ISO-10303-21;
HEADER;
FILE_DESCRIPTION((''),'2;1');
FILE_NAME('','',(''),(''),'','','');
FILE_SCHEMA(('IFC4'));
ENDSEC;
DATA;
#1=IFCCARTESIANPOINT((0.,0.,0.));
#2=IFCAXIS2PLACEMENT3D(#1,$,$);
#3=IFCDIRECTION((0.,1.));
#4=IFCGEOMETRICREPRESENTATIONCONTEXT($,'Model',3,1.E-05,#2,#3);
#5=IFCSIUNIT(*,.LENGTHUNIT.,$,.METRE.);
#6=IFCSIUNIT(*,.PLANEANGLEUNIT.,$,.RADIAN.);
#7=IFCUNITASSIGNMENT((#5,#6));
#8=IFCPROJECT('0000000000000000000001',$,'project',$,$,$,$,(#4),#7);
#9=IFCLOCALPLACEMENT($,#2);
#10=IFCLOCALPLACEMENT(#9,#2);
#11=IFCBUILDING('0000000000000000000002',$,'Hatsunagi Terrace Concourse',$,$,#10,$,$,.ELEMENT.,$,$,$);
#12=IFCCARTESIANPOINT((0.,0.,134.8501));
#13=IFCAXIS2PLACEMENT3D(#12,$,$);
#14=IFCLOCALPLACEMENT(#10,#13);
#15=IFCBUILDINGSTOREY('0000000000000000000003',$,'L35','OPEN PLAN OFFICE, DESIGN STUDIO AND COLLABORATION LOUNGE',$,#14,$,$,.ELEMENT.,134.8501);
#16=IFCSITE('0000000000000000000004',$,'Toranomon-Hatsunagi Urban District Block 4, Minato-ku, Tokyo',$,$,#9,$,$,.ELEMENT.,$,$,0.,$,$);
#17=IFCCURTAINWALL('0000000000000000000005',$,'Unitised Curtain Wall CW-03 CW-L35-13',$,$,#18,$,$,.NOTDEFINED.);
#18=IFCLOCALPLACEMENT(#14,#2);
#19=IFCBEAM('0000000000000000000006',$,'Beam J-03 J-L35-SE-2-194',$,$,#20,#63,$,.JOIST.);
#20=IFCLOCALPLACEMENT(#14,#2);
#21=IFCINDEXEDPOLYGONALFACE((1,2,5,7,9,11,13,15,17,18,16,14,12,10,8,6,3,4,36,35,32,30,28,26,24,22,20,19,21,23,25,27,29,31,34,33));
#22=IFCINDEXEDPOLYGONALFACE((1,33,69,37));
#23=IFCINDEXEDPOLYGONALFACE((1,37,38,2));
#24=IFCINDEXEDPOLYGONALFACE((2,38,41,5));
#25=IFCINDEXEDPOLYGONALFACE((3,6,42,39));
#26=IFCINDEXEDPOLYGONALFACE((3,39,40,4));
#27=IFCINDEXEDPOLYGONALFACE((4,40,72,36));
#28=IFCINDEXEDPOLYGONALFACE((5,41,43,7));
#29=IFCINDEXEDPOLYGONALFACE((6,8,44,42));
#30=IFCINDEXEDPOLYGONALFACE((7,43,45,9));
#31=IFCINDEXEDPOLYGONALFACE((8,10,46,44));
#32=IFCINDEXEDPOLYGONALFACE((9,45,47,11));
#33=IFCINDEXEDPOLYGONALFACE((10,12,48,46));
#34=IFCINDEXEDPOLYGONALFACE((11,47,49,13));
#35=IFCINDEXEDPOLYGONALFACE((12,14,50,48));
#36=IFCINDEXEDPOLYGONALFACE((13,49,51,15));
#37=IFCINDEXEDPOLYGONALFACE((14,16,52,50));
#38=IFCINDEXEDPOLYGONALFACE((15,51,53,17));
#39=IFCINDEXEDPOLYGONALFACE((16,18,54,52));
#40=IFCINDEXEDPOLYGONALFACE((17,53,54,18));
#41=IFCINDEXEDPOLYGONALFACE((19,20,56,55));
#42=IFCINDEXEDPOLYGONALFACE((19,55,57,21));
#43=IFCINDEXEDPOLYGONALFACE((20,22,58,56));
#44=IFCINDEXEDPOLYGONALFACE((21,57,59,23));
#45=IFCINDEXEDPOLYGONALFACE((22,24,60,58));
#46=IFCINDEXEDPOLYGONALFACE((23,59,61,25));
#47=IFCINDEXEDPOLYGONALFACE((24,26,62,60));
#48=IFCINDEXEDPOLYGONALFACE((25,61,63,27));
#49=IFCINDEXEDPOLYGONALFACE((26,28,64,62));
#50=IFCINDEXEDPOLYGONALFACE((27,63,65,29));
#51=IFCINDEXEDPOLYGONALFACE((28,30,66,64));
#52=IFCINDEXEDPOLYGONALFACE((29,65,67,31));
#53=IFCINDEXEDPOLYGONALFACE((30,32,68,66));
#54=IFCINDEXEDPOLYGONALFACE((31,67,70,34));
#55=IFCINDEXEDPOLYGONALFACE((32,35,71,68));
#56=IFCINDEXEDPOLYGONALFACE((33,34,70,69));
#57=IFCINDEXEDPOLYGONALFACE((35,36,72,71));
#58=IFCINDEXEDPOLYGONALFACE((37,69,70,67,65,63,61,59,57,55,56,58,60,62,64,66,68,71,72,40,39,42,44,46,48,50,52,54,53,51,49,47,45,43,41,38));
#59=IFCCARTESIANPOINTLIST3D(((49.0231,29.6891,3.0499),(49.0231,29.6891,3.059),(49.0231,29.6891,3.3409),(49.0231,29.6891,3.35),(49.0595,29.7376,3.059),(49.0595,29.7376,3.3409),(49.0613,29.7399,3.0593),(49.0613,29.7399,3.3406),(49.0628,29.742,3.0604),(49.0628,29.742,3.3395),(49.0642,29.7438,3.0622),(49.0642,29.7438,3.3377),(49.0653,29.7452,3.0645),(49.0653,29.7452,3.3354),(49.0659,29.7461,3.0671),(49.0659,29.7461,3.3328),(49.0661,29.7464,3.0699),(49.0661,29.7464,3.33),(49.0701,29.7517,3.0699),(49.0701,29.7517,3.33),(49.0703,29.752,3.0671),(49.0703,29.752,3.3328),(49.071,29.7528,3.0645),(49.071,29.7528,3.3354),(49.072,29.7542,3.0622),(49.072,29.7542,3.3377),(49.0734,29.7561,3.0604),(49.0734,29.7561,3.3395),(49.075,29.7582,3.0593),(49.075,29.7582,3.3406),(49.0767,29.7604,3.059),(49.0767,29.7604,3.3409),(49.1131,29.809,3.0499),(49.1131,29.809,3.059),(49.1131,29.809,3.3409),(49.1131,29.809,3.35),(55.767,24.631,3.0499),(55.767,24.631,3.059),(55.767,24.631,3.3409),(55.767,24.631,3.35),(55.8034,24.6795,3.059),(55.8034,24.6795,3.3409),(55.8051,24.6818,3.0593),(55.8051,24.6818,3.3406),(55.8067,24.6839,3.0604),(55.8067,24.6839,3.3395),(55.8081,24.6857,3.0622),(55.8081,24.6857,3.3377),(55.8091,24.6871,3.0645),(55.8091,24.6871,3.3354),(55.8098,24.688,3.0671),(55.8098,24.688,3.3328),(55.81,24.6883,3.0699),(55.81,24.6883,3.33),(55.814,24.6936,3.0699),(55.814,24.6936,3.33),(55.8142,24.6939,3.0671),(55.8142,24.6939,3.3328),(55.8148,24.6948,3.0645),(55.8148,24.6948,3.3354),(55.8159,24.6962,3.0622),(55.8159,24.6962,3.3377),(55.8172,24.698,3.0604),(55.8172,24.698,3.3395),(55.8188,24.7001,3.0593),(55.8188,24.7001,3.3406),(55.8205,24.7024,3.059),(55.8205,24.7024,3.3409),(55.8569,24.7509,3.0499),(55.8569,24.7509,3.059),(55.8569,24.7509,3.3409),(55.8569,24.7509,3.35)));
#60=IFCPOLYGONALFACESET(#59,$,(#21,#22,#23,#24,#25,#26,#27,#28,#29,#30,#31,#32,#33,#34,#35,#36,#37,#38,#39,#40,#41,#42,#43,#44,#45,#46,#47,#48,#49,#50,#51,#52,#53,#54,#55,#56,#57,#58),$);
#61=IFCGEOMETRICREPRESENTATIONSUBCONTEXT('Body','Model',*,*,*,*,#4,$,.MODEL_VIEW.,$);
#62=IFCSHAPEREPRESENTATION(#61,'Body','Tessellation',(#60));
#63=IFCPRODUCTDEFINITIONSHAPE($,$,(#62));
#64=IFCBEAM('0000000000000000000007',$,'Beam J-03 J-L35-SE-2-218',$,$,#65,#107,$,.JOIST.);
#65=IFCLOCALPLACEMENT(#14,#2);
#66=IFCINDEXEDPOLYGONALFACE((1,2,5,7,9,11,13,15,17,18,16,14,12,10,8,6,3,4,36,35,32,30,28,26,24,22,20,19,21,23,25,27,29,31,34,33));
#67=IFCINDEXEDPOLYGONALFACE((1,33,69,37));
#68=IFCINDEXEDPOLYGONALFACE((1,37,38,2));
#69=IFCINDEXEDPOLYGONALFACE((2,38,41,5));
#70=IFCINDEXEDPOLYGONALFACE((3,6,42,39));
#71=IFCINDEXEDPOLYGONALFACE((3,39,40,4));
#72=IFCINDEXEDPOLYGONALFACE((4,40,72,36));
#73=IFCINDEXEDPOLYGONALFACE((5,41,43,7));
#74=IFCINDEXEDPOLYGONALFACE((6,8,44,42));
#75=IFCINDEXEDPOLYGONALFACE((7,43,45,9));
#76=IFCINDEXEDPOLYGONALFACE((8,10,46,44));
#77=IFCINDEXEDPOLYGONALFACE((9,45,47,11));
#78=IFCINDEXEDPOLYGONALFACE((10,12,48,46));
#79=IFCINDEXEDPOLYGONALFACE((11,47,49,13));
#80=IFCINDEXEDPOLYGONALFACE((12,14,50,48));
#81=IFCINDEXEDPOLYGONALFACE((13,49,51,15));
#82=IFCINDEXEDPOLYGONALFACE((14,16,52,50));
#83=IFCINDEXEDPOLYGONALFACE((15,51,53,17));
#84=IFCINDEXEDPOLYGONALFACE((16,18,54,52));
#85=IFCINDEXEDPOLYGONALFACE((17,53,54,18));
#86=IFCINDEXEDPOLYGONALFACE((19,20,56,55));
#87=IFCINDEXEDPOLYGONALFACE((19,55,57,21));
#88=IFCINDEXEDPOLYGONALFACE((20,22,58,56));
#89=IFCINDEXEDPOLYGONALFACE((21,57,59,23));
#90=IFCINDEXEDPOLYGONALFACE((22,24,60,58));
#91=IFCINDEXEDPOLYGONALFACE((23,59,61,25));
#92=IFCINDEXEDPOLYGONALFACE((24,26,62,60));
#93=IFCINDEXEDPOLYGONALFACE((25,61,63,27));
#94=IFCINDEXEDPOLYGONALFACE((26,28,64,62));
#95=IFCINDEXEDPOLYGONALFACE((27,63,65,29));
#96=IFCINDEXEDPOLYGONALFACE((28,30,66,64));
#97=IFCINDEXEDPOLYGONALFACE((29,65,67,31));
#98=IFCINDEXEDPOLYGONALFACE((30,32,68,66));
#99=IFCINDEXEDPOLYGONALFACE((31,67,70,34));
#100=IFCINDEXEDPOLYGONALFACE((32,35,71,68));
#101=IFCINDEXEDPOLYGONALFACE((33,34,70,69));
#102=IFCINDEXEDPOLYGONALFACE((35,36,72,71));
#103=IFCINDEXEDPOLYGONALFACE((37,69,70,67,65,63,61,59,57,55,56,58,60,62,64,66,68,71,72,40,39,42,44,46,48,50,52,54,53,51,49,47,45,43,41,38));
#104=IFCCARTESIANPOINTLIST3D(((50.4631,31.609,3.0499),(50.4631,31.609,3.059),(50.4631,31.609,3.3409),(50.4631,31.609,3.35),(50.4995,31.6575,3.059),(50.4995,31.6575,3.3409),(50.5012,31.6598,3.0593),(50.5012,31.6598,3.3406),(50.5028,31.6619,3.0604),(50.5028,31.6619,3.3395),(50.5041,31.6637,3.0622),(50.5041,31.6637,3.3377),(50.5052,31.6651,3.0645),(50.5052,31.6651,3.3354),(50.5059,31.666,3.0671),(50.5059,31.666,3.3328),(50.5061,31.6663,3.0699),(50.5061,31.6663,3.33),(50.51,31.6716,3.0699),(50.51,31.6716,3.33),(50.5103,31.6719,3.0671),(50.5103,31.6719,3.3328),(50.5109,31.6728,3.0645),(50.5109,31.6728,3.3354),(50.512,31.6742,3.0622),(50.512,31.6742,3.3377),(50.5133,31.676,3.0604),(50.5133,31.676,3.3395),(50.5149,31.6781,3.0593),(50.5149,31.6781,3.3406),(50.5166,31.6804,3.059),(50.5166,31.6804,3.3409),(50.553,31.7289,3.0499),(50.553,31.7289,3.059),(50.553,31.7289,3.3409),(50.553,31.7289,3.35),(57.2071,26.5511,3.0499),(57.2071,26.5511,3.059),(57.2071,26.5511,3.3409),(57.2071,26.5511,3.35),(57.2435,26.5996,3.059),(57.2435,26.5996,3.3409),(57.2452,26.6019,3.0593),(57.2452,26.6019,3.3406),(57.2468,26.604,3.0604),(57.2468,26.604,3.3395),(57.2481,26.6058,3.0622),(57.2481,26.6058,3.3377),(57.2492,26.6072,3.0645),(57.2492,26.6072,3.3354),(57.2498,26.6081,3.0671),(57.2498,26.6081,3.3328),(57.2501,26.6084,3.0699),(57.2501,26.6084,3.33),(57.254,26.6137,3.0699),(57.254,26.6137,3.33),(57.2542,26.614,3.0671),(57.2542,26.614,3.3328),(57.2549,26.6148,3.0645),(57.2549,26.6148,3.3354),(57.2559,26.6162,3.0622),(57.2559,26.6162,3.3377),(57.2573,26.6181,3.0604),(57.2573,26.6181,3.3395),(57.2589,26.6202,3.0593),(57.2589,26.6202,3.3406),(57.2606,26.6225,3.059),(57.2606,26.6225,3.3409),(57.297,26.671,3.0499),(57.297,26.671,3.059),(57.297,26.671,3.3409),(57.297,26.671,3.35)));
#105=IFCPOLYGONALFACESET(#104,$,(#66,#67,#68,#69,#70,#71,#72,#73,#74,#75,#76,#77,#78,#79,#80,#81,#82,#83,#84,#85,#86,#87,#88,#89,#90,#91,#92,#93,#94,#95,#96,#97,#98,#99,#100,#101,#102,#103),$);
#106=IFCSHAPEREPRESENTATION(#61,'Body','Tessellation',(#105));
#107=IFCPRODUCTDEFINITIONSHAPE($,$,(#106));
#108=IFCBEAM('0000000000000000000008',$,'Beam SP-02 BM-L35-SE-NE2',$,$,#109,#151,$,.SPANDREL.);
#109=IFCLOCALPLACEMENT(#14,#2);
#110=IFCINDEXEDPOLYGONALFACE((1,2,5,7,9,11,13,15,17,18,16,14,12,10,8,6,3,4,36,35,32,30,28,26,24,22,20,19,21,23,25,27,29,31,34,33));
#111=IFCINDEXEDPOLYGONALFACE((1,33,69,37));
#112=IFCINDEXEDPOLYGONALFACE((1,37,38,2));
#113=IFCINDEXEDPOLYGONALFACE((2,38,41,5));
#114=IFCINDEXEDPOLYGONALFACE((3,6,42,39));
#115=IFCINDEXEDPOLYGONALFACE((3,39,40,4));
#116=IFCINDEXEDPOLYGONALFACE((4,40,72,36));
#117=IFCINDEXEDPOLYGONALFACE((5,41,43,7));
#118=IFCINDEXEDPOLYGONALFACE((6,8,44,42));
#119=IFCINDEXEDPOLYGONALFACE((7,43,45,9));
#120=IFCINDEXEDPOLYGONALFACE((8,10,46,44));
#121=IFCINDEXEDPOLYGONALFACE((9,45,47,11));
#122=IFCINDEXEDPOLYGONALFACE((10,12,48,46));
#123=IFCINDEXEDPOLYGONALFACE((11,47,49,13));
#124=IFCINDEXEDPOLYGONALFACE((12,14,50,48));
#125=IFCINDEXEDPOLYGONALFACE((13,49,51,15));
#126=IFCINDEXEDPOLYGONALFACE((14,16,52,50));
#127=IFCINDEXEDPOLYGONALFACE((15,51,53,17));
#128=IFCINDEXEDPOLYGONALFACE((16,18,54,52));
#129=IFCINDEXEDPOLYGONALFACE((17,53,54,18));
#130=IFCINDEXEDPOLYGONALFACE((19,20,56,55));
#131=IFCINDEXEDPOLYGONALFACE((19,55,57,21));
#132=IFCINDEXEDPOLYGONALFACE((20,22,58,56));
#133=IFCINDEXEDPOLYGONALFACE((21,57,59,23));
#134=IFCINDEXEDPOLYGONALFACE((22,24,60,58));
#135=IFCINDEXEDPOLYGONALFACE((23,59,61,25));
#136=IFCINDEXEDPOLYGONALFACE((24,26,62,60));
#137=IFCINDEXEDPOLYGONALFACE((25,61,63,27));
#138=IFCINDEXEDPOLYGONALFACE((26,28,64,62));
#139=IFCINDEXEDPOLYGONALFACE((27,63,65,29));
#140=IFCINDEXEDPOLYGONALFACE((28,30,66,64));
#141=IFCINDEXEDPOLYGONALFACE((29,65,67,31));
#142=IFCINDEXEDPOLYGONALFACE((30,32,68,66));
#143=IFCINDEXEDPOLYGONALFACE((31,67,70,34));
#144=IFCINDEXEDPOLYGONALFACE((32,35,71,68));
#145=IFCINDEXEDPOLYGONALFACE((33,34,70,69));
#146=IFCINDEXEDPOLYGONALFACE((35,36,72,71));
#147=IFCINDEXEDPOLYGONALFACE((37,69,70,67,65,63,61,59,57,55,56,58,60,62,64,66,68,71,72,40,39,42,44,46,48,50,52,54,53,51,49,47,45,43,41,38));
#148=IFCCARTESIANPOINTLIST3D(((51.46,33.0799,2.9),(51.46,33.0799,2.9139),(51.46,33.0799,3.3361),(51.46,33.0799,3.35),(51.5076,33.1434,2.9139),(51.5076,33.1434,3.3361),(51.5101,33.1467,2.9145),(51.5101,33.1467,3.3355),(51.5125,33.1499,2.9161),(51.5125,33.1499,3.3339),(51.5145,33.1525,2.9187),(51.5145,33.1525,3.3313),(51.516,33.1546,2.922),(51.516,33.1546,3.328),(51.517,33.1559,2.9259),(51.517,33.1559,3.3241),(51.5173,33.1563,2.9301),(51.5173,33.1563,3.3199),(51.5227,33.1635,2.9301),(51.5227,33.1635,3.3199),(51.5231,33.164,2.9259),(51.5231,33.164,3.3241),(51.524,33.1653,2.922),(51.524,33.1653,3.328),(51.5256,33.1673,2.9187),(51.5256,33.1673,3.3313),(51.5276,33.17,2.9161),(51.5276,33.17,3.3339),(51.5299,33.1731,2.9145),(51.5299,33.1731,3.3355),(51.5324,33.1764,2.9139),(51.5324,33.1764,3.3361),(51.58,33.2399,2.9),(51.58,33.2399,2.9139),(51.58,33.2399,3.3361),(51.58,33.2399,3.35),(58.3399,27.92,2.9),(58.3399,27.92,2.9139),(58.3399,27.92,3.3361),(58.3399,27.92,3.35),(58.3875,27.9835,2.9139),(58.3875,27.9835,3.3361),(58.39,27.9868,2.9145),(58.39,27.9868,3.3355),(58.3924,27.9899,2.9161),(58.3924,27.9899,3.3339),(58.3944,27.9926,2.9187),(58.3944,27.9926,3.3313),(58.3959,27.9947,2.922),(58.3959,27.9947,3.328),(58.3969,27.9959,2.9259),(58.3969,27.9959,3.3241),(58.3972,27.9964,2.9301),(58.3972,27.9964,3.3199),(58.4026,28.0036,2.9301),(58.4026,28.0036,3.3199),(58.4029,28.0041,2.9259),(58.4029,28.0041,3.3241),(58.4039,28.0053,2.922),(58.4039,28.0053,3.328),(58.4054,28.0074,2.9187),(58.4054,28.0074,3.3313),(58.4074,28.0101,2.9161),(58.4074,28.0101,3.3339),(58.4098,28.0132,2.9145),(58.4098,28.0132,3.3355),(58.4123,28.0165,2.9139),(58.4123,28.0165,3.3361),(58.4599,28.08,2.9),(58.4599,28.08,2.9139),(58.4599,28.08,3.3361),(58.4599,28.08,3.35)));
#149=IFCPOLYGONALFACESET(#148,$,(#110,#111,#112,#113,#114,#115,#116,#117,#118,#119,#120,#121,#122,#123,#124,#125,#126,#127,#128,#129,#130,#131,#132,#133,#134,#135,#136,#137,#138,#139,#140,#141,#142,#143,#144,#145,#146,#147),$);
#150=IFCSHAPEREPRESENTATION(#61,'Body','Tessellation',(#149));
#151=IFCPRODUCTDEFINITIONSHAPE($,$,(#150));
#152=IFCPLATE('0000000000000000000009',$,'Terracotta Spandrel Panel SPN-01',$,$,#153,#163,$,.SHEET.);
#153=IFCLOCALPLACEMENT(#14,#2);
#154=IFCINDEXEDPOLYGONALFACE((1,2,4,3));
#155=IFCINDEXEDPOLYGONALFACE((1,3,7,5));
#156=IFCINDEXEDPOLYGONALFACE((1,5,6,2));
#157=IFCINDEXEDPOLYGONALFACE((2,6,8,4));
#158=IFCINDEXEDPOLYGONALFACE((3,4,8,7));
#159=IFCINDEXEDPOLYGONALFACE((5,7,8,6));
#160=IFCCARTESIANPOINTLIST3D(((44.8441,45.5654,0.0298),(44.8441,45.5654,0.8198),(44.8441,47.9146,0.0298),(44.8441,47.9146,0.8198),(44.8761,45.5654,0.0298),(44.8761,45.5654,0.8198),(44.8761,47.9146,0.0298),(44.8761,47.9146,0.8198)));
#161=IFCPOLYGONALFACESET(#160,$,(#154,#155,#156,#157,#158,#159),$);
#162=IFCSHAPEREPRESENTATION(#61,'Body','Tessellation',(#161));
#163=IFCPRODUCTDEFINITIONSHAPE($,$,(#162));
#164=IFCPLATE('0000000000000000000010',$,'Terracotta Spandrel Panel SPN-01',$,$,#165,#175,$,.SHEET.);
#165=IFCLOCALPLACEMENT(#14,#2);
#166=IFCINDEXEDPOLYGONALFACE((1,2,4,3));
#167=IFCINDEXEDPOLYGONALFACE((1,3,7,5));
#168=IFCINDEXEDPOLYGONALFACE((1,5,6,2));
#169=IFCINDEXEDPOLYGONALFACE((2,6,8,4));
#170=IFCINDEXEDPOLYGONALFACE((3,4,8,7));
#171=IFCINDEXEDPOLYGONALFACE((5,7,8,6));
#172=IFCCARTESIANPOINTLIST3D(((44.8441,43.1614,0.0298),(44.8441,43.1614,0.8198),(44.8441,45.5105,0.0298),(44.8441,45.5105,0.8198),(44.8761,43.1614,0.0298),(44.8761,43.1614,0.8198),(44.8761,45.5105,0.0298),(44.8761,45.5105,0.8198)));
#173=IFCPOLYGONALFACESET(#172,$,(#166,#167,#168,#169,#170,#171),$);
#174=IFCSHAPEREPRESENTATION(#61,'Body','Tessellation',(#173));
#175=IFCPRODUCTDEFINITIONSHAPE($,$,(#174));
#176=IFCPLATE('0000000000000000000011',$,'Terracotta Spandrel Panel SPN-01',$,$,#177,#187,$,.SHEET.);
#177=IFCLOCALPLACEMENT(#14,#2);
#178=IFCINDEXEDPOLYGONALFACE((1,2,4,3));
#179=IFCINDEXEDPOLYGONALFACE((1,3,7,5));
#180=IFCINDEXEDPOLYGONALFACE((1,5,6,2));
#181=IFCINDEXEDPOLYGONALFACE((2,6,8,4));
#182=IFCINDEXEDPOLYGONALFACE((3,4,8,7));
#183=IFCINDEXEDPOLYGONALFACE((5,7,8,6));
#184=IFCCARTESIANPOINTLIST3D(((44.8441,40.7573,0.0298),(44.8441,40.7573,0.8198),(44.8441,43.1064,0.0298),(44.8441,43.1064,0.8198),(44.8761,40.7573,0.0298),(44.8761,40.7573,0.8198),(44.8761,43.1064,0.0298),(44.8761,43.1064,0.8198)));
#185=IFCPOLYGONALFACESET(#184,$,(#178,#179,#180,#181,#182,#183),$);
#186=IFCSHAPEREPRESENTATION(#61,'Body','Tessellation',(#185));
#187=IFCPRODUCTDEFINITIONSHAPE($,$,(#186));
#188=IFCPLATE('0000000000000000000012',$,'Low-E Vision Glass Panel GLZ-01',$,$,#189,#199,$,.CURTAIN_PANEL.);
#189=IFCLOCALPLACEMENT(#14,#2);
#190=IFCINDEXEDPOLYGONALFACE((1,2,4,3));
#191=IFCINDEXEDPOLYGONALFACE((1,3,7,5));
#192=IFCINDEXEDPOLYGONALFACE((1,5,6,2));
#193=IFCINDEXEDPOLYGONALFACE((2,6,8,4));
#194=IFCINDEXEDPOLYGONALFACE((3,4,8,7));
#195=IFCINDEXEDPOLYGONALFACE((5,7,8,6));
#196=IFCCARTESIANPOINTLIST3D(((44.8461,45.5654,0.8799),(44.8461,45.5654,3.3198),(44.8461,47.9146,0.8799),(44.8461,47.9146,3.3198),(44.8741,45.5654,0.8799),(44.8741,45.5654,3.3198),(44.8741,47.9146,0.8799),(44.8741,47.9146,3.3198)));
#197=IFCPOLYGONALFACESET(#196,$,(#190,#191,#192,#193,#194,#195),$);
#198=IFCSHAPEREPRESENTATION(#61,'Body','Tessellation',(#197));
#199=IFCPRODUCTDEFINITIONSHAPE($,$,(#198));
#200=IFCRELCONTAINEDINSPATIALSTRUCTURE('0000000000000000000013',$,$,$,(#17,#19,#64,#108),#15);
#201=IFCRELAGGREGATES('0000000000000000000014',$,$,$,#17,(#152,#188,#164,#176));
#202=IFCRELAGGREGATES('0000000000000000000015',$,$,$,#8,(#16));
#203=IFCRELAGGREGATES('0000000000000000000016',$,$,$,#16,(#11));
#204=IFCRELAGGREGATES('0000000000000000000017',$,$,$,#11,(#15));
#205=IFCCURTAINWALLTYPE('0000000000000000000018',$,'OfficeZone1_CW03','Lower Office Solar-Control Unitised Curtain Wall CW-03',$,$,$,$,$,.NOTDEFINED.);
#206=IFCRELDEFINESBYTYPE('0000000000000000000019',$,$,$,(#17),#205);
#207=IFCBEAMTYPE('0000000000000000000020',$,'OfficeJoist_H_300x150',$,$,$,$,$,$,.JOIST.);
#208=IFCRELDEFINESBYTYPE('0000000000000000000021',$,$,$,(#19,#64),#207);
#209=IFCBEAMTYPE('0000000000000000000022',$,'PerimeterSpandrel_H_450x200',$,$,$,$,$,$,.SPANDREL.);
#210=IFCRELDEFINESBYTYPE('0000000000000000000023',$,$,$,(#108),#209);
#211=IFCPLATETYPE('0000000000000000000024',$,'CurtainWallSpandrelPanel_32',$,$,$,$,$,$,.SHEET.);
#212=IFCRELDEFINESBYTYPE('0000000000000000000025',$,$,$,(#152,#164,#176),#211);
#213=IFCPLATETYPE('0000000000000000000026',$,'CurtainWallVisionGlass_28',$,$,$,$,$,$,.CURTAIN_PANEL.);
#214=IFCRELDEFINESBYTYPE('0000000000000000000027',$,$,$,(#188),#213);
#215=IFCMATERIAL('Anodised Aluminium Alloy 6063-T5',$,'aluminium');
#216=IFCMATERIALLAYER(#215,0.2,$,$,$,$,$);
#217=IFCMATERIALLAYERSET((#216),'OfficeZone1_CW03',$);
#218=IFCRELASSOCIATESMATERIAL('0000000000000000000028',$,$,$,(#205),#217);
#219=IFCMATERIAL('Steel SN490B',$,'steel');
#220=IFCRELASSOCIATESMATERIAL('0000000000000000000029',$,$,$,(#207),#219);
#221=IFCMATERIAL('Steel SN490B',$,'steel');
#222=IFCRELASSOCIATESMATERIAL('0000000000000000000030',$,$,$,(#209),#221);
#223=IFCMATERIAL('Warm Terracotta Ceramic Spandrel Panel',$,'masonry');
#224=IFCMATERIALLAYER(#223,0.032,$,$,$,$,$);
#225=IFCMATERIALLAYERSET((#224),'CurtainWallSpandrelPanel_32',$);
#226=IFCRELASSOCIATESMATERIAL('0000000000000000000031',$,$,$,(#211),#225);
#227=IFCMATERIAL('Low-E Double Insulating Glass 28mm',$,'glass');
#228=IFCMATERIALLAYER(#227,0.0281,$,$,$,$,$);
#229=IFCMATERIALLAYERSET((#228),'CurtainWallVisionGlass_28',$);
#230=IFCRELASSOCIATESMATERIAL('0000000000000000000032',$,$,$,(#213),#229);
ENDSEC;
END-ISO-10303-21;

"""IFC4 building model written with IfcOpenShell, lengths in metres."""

from ifc_helpers import new_model, si_unit, direction, frame, origin, origin_2d, place, context, subcontext, project, spatial, rectangle, i_section, extrude, material, layer, layer_set, material_profile, profile_set, type_object, element, aggregate, save


model = new_model("IFC4")

# Units and contexts
model_context = context("Model", 3, precision=1e-05, world=origin(), true_north=direction((0.0, 1.0)))
body_context = subcontext(model_context, "Body", "Model", "MODEL_VIEW")
ifc_project = project(units=[si_unit("LENGTHUNIT", "METRE"), si_unit("PLANEANGLEUNIT", "RADIAN")], contexts=[model_context])

# Site, building, storey
site_placement = place(None, origin())
site = spatial("IfcSite", under=ifc_project, at=site_placement, Name="Toranomon-Hatsunagi Urban District Block 4, Minato-ku, Tokyo", CompositionType="ELEMENT", RefElevation=0.0)
building_placement = place(site_placement, origin())
building = spatial("IfcBuilding", under=site, at=building_placement, Name="Hatsunagi Terrace Concourse", CompositionType="ELEMENT")
storey_placement = place(building_placement, frame((0.0, 0.0, 134.8501)))
storey = spatial("IfcBuildingStorey", under=building, at=storey_placement, Name="L35", Description="OPEN PLAN OFFICE, DESIGN STUDIO AND COLLABORATION LOUNGE", CompositionType="ELEMENT", Elevation=134.8501)

# Curtain wall
ifc_material_1 = material(Name="Anodised Aluminium Alloy 6063-T5", Category="aluminium")
ifc_layer_1 = layer(ifc_material_1, 0.2)
ifc_layer_set_1 = layer_set([ifc_layer_1], Name="OfficeZone1_CW03")
curtain_wall_type = type_object("IfcCurtainWallType", Name="OfficeZone1_CW03", Description="Lower Office Solar-Control Unitised Curtain Wall CW-03", PredefinedType="NOTDEFINED", material=ifc_layer_set_1)
curtain_wall_placement = place(storey_placement, origin())
curtain_wall = element("IfcCurtainWall", 1, at=curtain_wall_placement, inside=storey, type_object=curtain_wall_type, Name="Unitised Curtain Wall CW-03 CW-L35-13", PredefinedType="NOTDEFINED")

# Beams
ifc_material_2 = material(Name="Steel SN490B", Category="steel")
ifc_material_profile_1 = material_profile(ifc_material_2, i_section(OverallWidth=0.1499, OverallDepth=0.3, WebThickness=0.0066, FlangeThickness=0.009, FilletRadius=0.011, at=origin_2d()), Name="H-300x150x6.5x9")
ifc_profile_set_1 = profile_set([ifc_material_profile_1], Name="Steel SN490B")
beam_type_1 = type_object("IfcBeamType", Name="OfficeJoist_H_300x150", PredefinedType="JOIST", material=ifc_profile_set_1)
for number, where, z_axis, x_axis, name in (
    (2, (49.0681, 29.749, 3.2), (0.79999, -0.600014, 0.0), (0.600014, 0.79999, 0.0), "Beam J-03 J-L35-SE-2-194"),
    (3, (50.5081, 31.6689, 3.2), (0.800003, -0.599995, 0.0), (0.599995, 0.800003, 0.0), "Beam J-03 J-L35-SE-2-218"),
):
    element("IfcBeam", number, at=place(storey_placement, frame(where, z_axis=z_axis, x_axis=x_axis)), inside=storey, type_object=beam_type_1, Name=name, PredefinedType="JOIST", context=body_context, shape_type="SweptSolid", body=[
        extrude(i_section(OverallWidth=0.1499, OverallDepth=0.3, WebThickness=0.0066, FlangeThickness=0.009, FilletRadius=0.011, at=origin_2d()), origin(), (0.0, 0.0, 1.0), 8.4299),
    ])
ifc_material_3 = material(Name="Steel SN490B", Category="steel")
ifc_material_profile_2 = material_profile(ifc_material_3, i_section(OverallWidth=0.2, OverallDepth=0.45, WebThickness=0.009, FlangeThickness=0.0139, FilletRadius=0.0161, at=origin_2d()), Name="H-450x200x9x14")
ifc_profile_set_2 = profile_set([ifc_material_profile_2], Name="Steel SN490B")
beam_type_2 = type_object("IfcBeamType", Name="PerimeterSpandrel_H_450x200", PredefinedType="SPANDREL", material=ifc_profile_set_2)
beam_placement = place(storey_placement, frame((51.52, 33.1599, 3.125), z_axis=(0.8, -0.6, 0.0), x_axis=(0.6, 0.8, 0.0)))
element("IfcBeam", 4, at=beam_placement, inside=storey, type_object=beam_type_2, Name="Beam SP-02 BM-L35-SE-NE2", PredefinedType="SPANDREL", context=body_context, shape_type="SweptSolid", body=[
    extrude(i_section(OverallWidth=0.2, OverallDepth=0.45, WebThickness=0.009, FlangeThickness=0.0139, FilletRadius=0.0161, at=origin_2d()), origin(), (0.0, 0.0, 1.0), 8.5999),
])

# Plates
ifc_material_4 = material(Name="Warm Terracotta Ceramic Spandrel Panel", Category="masonry")
ifc_layer_2 = layer(ifc_material_4, 0.032)
ifc_layer_set_2 = layer_set([ifc_layer_2], Name="CurtainWallSpandrelPanel_32")
plate_type_1 = type_object("IfcPlateType", Name="CurtainWallSpandrelPanel_32", PredefinedType="SHEET", material=ifc_layer_set_2)
plate_1_placement = place(storey_placement, frame((44.8601, 46.74, 0.0298), z_axis=(0.0, 0.0, 1.0), x_axis=(0.0, -1.0, 0.0)))
plate_1 = element("IfcPlate", 5, at=plate_1_placement, type_object=plate_type_1, Name="Terracotta Spandrel Panel SPN-01", PredefinedType="SHEET", context=body_context, shape_type="SweptSolid", body=[
    extrude(rectangle(XDim=2.3491, YDim=0.032, at=origin_2d()), origin(), (0.0, 0.0, 1.0), 0.79),
])
plate_2_placement = place(storey_placement, frame((44.8601, 44.3359, 0.0298), z_axis=(0.0, 0.0, 1.0), x_axis=(0.0, -1.0, 0.0)))
plate_2 = element("IfcPlate", 6, at=plate_2_placement, type_object=plate_type_1, Name="Terracotta Spandrel Panel SPN-01", PredefinedType="SHEET", context=body_context, shape_type="SweptSolid", body=[
    extrude(rectangle(XDim=2.3491, YDim=0.032, at=origin_2d()), origin(), (0.0, 0.0, 1.0), 0.79),
])
plate_3_placement = place(storey_placement, frame((44.8601, 41.9319, 0.0298), z_axis=(0.0, 0.0, 1.0), x_axis=(0.0, -1.0, 0.0)))
plate_3 = element("IfcPlate", 7, at=plate_3_placement, type_object=plate_type_1, Name="Terracotta Spandrel Panel SPN-01", PredefinedType="SHEET", context=body_context, shape_type="SweptSolid", body=[
    extrude(rectangle(XDim=2.3491, YDim=0.032, at=origin_2d()), origin(), (0.0, 0.0, 1.0), 0.79),
])
ifc_material_5 = material(Name="Low-E Double Insulating Glass 28mm", Category="glass")
ifc_layer_3 = layer(ifc_material_5, 0.0281)
ifc_layer_set_3 = layer_set([ifc_layer_3], Name="CurtainWallVisionGlass_28")
plate_type_2 = type_object("IfcPlateType", Name="CurtainWallVisionGlass_28", PredefinedType="CURTAIN_PANEL", material=ifc_layer_set_3)
plate_4_placement = place(storey_placement, frame((44.8601, 46.74, 0.8799), z_axis=(0.0, 0.0, 1.0), x_axis=(0.0, -1.0, 0.0)))
plate_4 = element("IfcPlate", 8, at=plate_4_placement, type_object=plate_type_2, Name="Low-E Vision Glass Panel GLZ-01", PredefinedType="CURTAIN_PANEL", context=body_context, shape_type="SweptSolid", body=[
    extrude(rectangle(XDim=2.3491, YDim=0.0281, at=origin_2d()), origin(), (0.0, 0.0, 1.0), 2.4399),
])
aggregate(curtain_wall, [plate_1, plate_4, plate_2, plate_3])

save(model, "model.ifc")
